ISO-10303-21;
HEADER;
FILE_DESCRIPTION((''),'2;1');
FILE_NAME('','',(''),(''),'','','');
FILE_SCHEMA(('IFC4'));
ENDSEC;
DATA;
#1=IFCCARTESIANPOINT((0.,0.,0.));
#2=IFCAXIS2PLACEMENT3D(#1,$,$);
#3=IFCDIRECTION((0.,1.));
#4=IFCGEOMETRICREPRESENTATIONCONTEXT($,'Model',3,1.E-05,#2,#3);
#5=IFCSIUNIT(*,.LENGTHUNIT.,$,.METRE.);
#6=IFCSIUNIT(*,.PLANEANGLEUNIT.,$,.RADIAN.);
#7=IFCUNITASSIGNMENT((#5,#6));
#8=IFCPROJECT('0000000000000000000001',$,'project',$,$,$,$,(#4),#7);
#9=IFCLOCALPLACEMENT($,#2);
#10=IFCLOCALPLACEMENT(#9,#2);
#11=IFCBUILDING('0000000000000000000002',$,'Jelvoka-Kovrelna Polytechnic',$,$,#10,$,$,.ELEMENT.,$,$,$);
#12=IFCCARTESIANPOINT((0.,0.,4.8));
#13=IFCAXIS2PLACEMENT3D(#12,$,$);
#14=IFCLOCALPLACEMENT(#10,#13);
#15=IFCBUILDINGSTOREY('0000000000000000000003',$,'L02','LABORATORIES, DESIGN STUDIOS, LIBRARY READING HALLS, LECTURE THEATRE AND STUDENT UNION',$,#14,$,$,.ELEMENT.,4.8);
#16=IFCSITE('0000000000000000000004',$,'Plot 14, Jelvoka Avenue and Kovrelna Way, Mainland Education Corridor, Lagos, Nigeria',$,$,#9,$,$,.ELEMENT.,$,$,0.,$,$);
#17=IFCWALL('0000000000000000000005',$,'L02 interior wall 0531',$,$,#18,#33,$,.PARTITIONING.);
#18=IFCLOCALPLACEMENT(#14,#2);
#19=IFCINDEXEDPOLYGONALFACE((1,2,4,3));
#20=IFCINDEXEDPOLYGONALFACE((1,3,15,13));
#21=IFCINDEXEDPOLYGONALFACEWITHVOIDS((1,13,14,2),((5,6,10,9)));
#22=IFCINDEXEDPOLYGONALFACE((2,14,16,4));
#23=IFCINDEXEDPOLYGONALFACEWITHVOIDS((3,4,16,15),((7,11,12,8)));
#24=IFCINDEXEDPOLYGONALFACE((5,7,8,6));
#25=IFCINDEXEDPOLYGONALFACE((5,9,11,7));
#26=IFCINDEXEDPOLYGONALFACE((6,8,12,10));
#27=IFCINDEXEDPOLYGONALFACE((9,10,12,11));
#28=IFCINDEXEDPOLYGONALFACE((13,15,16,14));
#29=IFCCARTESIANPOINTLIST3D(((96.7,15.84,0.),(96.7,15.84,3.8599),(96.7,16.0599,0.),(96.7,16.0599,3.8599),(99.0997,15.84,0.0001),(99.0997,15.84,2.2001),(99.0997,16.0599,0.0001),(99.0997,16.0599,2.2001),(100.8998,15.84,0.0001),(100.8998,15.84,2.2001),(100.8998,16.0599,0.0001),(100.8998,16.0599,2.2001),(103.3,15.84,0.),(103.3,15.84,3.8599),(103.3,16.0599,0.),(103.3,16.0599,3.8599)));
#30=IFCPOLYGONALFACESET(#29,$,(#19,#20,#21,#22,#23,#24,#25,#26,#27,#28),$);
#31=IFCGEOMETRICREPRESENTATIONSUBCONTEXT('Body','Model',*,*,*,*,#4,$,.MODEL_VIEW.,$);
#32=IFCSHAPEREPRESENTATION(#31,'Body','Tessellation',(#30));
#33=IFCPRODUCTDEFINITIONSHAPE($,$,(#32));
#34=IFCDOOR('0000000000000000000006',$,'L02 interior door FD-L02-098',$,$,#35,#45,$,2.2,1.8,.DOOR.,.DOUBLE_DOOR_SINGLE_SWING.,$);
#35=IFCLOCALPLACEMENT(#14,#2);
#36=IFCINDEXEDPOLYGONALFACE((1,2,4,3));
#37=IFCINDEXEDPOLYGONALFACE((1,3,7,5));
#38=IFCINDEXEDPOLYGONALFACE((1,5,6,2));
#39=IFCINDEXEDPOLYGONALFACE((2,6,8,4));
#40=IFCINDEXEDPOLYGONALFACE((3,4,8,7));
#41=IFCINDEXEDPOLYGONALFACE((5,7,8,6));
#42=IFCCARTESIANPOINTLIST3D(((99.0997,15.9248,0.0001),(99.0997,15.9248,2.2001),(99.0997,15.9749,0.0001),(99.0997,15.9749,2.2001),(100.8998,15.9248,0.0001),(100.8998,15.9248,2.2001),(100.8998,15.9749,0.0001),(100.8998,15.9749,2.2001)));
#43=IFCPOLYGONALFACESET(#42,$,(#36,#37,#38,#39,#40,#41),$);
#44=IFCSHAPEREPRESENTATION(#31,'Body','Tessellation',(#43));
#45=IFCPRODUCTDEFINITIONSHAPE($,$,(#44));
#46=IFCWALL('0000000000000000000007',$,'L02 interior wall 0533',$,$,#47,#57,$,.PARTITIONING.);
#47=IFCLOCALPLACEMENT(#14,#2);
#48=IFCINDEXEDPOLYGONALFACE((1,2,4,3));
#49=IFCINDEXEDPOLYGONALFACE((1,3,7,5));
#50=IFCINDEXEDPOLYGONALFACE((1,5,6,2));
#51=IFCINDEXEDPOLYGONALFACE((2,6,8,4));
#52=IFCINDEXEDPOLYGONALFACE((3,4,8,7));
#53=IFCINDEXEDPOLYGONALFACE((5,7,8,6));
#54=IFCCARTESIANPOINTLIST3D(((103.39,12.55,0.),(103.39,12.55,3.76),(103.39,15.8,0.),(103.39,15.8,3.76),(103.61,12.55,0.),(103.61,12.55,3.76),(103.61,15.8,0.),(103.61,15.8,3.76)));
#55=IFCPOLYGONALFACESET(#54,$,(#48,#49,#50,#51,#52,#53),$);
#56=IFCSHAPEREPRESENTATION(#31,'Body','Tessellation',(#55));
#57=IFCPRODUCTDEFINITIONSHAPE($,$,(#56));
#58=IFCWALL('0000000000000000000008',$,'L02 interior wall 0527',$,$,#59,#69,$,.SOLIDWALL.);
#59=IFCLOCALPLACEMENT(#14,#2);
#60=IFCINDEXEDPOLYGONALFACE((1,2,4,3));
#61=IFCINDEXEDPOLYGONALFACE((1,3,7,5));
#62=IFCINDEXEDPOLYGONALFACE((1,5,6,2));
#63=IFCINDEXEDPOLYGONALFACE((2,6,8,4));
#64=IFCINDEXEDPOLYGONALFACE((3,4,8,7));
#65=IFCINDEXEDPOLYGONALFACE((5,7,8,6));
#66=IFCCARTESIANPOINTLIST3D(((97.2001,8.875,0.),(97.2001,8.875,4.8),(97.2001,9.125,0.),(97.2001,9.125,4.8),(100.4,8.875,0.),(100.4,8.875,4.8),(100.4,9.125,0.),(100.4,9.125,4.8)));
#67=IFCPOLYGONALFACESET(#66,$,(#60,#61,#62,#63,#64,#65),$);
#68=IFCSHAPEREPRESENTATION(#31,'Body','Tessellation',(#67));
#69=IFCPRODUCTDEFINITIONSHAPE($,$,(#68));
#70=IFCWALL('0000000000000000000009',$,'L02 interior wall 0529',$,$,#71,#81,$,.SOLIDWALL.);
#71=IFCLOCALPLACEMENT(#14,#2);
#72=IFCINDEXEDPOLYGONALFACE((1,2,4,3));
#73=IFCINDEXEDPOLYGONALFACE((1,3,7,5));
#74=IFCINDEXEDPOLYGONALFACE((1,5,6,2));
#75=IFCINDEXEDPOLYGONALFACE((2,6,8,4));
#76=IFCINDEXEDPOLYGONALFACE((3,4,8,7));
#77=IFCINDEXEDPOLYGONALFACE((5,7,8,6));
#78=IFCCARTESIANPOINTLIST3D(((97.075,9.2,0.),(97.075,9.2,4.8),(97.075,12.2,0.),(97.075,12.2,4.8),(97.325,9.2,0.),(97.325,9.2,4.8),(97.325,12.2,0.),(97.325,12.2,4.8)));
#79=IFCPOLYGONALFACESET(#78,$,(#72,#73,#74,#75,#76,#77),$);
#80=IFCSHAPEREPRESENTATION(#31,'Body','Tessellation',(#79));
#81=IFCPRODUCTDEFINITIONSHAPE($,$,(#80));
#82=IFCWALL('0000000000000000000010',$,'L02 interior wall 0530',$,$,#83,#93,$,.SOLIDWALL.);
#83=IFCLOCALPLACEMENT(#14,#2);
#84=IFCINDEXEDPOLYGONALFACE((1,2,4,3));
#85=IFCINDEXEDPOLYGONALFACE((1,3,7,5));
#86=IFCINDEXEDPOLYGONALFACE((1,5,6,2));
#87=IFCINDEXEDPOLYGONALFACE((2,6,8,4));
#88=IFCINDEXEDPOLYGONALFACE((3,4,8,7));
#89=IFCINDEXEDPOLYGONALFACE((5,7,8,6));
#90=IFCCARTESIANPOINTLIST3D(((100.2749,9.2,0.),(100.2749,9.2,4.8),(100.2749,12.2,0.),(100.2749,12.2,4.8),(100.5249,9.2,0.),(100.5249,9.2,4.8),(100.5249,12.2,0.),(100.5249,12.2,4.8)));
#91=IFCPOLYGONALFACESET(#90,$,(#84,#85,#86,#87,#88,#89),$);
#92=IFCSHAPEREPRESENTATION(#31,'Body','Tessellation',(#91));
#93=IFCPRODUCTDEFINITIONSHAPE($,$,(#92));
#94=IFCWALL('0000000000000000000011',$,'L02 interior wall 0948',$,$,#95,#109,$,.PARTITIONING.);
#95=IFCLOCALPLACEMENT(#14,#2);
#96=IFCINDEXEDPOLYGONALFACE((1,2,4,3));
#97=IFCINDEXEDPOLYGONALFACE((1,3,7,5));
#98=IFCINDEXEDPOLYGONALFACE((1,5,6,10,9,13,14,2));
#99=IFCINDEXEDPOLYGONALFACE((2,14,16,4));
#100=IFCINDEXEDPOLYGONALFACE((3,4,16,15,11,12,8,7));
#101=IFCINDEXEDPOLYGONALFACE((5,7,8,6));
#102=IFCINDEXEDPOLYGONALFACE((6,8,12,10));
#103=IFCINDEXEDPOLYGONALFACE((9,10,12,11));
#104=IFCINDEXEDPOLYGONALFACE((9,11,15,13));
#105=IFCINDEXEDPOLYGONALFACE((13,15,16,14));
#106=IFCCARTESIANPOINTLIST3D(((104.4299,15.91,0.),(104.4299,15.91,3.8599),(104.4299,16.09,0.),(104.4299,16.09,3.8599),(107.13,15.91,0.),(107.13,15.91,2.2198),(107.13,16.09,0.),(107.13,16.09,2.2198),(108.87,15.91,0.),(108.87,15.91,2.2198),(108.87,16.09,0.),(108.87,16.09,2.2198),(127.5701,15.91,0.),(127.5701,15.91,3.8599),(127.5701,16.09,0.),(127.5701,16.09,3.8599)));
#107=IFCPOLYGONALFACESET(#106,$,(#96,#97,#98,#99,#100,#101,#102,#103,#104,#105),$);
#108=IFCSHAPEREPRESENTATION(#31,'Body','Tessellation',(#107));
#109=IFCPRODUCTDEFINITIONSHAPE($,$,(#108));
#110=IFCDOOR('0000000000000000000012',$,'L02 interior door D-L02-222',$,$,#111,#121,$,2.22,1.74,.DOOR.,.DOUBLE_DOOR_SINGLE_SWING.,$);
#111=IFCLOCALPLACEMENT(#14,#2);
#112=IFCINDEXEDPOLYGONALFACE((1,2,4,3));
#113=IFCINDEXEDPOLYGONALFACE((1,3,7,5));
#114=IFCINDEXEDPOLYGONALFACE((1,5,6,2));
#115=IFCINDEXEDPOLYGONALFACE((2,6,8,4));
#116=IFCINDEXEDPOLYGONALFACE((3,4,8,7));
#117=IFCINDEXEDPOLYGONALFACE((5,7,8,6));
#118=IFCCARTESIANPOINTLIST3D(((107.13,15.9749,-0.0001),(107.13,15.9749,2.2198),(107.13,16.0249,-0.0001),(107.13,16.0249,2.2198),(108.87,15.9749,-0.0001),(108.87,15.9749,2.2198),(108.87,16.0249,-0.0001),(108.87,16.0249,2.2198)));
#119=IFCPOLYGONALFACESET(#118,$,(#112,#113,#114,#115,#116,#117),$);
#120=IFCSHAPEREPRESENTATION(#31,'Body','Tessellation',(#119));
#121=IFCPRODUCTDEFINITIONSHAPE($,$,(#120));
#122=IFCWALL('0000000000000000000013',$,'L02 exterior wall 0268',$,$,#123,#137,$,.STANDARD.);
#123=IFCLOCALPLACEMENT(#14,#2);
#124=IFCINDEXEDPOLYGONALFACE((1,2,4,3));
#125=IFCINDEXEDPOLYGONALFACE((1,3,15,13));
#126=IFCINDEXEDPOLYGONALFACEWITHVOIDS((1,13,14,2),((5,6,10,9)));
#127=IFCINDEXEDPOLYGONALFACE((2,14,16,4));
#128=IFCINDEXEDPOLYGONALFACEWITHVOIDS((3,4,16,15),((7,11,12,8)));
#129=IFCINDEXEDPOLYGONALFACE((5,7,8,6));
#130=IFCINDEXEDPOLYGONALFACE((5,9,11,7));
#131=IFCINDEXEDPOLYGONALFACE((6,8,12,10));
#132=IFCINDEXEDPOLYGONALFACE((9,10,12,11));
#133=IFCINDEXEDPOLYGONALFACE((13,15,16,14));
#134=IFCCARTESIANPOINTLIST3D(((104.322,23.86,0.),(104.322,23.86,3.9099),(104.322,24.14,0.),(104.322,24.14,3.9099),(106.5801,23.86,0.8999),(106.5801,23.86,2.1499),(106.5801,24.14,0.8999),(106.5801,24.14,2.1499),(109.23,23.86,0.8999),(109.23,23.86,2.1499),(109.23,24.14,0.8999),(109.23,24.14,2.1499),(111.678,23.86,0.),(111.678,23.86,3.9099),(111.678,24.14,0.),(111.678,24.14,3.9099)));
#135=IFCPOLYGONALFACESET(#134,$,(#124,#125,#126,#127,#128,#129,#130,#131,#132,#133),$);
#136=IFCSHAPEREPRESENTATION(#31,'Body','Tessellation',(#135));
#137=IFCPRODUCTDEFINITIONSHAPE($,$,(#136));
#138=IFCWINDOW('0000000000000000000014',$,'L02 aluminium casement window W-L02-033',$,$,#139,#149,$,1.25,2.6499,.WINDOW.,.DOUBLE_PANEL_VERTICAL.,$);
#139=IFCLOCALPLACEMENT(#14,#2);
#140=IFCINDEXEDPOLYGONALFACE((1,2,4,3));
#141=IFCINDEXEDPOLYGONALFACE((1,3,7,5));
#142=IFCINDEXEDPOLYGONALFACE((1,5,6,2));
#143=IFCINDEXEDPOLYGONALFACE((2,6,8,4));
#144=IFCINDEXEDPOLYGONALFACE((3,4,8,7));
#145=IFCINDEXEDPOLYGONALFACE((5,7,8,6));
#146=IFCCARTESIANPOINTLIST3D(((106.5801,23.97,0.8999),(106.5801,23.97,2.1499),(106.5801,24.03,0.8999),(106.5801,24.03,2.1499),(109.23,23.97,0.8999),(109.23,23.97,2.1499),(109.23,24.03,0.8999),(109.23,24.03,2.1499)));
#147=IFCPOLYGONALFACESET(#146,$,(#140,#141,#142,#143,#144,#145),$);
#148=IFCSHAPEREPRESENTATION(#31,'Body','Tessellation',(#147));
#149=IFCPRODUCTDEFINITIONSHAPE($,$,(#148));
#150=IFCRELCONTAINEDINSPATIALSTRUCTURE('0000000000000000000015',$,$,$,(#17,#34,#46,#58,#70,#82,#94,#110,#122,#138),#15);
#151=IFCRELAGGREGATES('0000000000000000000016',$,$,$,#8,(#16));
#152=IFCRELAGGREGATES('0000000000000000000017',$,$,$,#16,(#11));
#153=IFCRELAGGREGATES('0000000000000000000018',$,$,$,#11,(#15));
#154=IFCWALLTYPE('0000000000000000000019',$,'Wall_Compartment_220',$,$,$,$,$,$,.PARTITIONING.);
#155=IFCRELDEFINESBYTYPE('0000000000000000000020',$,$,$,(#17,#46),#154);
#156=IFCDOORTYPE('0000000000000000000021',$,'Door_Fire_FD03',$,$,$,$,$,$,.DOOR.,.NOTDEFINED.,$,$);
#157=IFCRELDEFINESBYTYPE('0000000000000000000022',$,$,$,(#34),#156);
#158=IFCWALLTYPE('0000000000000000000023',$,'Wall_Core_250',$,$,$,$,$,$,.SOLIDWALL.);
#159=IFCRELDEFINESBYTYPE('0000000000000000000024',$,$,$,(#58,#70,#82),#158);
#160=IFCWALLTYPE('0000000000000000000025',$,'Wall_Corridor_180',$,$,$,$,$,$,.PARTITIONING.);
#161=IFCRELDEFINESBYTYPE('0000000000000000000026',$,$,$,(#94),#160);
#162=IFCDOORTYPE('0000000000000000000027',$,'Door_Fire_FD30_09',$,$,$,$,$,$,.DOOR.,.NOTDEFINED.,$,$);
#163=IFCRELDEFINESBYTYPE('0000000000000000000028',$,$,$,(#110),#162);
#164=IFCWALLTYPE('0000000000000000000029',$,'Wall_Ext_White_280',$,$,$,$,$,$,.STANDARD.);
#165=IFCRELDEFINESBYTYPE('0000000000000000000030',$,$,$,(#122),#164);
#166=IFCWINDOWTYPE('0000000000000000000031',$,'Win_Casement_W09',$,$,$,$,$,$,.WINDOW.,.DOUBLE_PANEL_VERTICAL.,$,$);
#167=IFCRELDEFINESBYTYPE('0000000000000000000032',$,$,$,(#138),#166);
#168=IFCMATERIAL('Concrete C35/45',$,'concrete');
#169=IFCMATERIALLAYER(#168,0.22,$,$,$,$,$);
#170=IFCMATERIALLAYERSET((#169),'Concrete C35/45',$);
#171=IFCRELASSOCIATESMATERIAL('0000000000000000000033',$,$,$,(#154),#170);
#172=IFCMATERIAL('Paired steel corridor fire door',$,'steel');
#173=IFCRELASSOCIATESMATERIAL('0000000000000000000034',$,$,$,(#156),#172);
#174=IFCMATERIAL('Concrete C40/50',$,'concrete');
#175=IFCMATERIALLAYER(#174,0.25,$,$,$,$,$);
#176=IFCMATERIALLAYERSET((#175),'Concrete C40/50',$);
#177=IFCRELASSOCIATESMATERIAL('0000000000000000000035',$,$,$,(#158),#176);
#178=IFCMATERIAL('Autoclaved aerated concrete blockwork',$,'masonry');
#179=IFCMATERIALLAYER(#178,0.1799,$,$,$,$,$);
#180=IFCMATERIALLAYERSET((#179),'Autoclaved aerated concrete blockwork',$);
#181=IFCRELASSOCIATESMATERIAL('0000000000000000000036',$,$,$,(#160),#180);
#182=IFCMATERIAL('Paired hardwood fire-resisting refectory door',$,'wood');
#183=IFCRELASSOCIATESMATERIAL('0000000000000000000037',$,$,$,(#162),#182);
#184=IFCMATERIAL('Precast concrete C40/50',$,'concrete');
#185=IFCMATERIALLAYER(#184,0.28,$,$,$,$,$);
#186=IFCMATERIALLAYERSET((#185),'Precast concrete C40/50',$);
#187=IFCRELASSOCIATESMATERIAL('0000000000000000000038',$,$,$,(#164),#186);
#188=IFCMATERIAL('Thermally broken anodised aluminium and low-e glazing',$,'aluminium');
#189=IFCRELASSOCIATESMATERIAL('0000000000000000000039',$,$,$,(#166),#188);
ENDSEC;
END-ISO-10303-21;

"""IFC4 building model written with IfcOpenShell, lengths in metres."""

from ifc_helpers import new_model, si_unit, direction, frame, frame_2d, origin, place, context, subcontext, project, spatial, rectangle, extrude, material, layer, layer_set, type_object, element, fill, save


model = new_model("IFC4")

# Units and contexts
model_context = context("Model", 3, precision=1e-05, world=origin(), true_north=direction((0.0, 1.0)))
body_context = subcontext(model_context, "Body", "Model", "MODEL_VIEW")
ifc_project = project(units=[si_unit("LENGTHUNIT", "METRE"), si_unit("PLANEANGLEUNIT", "RADIAN")], contexts=[model_context])

# Site, building, storey
site_placement = place(None, origin())
site = spatial("IfcSite", under=ifc_project, at=site_placement, Name="Plot 14, Jelvoka Avenue and Kovrelna Way, Mainland Education Corridor, Lagos, Nigeria", CompositionType="ELEMENT", RefElevation=0.0)
building_placement = place(site_placement, origin())
building = spatial("IfcBuilding", under=site, at=building_placement, Name="Jelvoka-Kovrelna Polytechnic", CompositionType="ELEMENT")
storey_placement = place(building_placement, frame((0.0, 0.0, 4.8)))
storey = spatial("IfcBuildingStorey", under=building, at=storey_placement, Name="L02", Description="LABORATORIES, DESIGN STUDIOS, LIBRARY READING HALLS, LECTURE THEATRE AND STUDENT UNION", CompositionType="ELEMENT", Elevation=4.8)

# Wall, opening, door
ifc_material_1 = material(Name="Concrete C35/45", Category="concrete")
ifc_layer_1 = layer(ifc_material_1, 0.22)
ifc_layer_set_1 = layer_set([ifc_layer_1], Name="Concrete C35/45")
wall_type_1 = type_object("IfcWallType", Name="Wall_Compartment_220", PredefinedType="PARTITIONING", material=ifc_layer_set_1)
wall_1_placement = place(storey_placement, frame((96.7, 15.95, 0.0), z_axis=(0.0, 0.0, 1.0), x_axis=(1.0, 0.0, 0.0)))
wall_1 = element("IfcWall", 1, at=wall_1_placement, inside=storey, type_object=wall_type_1, Name="L02 interior wall 0531", PredefinedType="PARTITIONING", context=body_context, shape_type="SweptSolid", body=[
    extrude(rectangle(XDim=6.6001, YDim=0.22, at=frame_2d((3.3, 0.0))), origin(), (0.0, 0.0, 1.0), 3.8599),
])
opening_1_placement = place(wall_1_placement, frame((2.3999, 0.0, 0.0)))
opening_1 = element("IfcOpeningElement", 2, at=opening_1_placement, cuts=wall_1, PredefinedType="OPENING", context=body_context, shape_type="SweptSolid", body=[
    extrude(rectangle(XDim=1.8, YDim=2.2, at=frame_2d((0.8999, 1.1001))), frame((0.0, 0.1199, 0.0), z_axis=(0.0, -1.0, 0.0), x_axis=(1.0, 0.0, 0.0)), (0.0, 0.0, 1.0), 0.24),
])
ifc_material_2 = material(Name="Paired steel corridor fire door", Category="steel")
door_type_1 = type_object("IfcDoorType", Name="Door_Fire_FD03", OperationType="NOTDEFINED", PredefinedType="DOOR", material=ifc_material_2)
door_1_placement = place(opening_1_placement, origin())
door_1 = element("IfcDoor", 3, at=door_1_placement, inside=storey, type_object=door_type_1, Name="L02 interior door FD-L02-098", OperationType="DOUBLE_DOOR_SINGLE_SWING", OverallHeight=2.2, OverallWidth=1.8, PredefinedType="DOOR", context=body_context, shape_type="SweptSolid", body=[
    extrude(rectangle(XDim=1.8, YDim=2.2, at=frame_2d((0.8999, 1.1001))), frame((0.0, 0.0249, 0.0), z_axis=(0.0, -1.0, 0.0), x_axis=(1.0, 0.0, 0.0)), (0.0, 0.0, 1.0), 0.05),
])
fill(opening_1, door_1)

# Walls
wall_2_placement = place(storey_placement, frame((103.5, 12.55, 0.0), z_axis=(0.0, 0.0, 1.0), x_axis=(0.0, 1.0, 0.0)))
element("IfcWall", 4, at=wall_2_placement, inside=storey, type_object=wall_type_1, Name="L02 interior wall 0533", PredefinedType="PARTITIONING", context=body_context, shape_type="SweptSolid", body=[
    extrude(rectangle(XDim=3.25, YDim=0.22, at=frame_2d((1.625, 0.0))), origin(), (0.0, 0.0, 1.0), 3.76),
])
ifc_material_3 = material(Name="Concrete C40/50", Category="concrete")
ifc_layer_2 = layer(ifc_material_3, 0.25)
ifc_layer_set_2 = layer_set([ifc_layer_2], Name="Concrete C40/50")
wall_type_2 = type_object("IfcWallType", Name="Wall_Core_250", PredefinedType="SOLIDWALL", material=ifc_layer_set_2)
wall_3_placement = place(storey_placement, frame((97.2, 9.0, 0.0), z_axis=(0.0, 0.0, 1.0), x_axis=(1.0, 0.0, 0.0)))
element("IfcWall", 5, at=wall_3_placement, inside=storey, type_object=wall_type_2, Name="L02 interior wall 0527", PredefinedType="SOLIDWALL", context=body_context, shape_type="SweptSolid", body=[
    extrude(rectangle(XDim=3.2, YDim=0.25, at=frame_2d((1.6001, 0.0))), origin(), (0.0, 0.0, 1.0), 4.8),
])

# Walls
for number, where, z_axis, x_axis, name in (
    (6, (97.2, 9.2, 0.0), (0.0, 0.0, 1.0), (0.0, 1.0, 0.0), "L02 interior wall 0529"),
    (7, (100.3999, 9.2, 0.0), (0.0, 0.0, 1.0), (0.0, 1.0, 0.0), "L02 interior wall 0530"),
):
    element("IfcWall", number, at=place(storey_placement, frame(where, z_axis=z_axis, x_axis=x_axis)), inside=storey, type_object=wall_type_2, Name=name, PredefinedType="SOLIDWALL", context=body_context, shape_type="SweptSolid", body=[
        extrude(rectangle(XDim=3.0, YDim=0.25, at=frame_2d((1.5, 0.0))), origin(), (0.0, 0.0, 1.0), 4.8),
    ])

# Wall, opening, door
ifc_material_4 = material(Name="Autoclaved aerated concrete blockwork", Category="masonry")
ifc_layer_3 = layer(ifc_material_4, 0.1799)
ifc_layer_set_3 = layer_set([ifc_layer_3], Name="Autoclaved aerated concrete blockwork")
wall_type_3 = type_object("IfcWallType", Name="Wall_Corridor_180", PredefinedType="PARTITIONING", material=ifc_layer_set_3)
wall_4_placement = place(storey_placement, frame((104.4299, 16.0, 0.0), z_axis=(0.0, 0.0, 1.0), x_axis=(1.0, 0.0, 0.0)))
wall_4 = element("IfcWall", 8, at=wall_4_placement, inside=storey, type_object=wall_type_3, Name="L02 interior wall 0948", PredefinedType="PARTITIONING", context=body_context, shape_type="SweptSolid", body=[
    extrude(rectangle(XDim=23.1401, YDim=0.1799, at=frame_2d((11.5701, 0.0))), origin(), (0.0, 0.0, 1.0), 3.8599),
])
opening_2_placement = place(wall_4_placement, frame((2.7, 0.0, 0.0)))
opening_2 = element("IfcOpeningElement", 9, at=opening_2_placement, cuts=wall_4, PredefinedType="OPENING", context=body_context, shape_type="SweptSolid", body=[
    extrude(rectangle(XDim=1.74, YDim=2.22, at=frame_2d((0.8701, 1.1099))), frame((0.0, 0.0999, 0.0), z_axis=(0.0, -1.0, 0.0), x_axis=(1.0, 0.0, 0.0)), (0.0, 0.0, 1.0), 0.2),
])
ifc_material_5 = material(Name="Paired hardwood fire-resisting refectory door", Category="wood")
door_type_2 = type_object("IfcDoorType", Name="Door_Fire_FD30_09", OperationType="NOTDEFINED", PredefinedType="DOOR", material=ifc_material_5)
door_2_placement = place(opening_2_placement, origin())
door_2 = element("IfcDoor", 10, at=door_2_placement, inside=storey, type_object=door_type_2, Name="L02 interior door D-L02-222", OperationType="DOUBLE_DOOR_SINGLE_SWING", OverallHeight=2.22, OverallWidth=1.74, PredefinedType="DOOR", context=body_context, shape_type="SweptSolid", body=[
    extrude(rectangle(XDim=1.74, YDim=2.22, at=frame_2d((0.8701, 1.1099))), frame((0.0, 0.0249, 0.0), z_axis=(0.0, -1.0, 0.0), x_axis=(1.0, 0.0, 0.0)), (0.0, 0.0, 1.0), 0.05),
])
fill(opening_2, door_2)

# Wall, opening, window
ifc_material_6 = material(Name="Precast concrete C40/50", Category="concrete")
ifc_layer_4 = layer(ifc_material_6, 0.28)
ifc_layer_set_4 = layer_set([ifc_layer_4], Name="Precast concrete C40/50")
wall_type_4 = type_object("IfcWallType", Name="Wall_Ext_White_280", PredefinedType="STANDARD", material=ifc_layer_set_4)
wall_5_placement = place(storey_placement, frame((104.322, 24.0, 0.0), z_axis=(0.0, 0.0, 1.0), x_axis=(1.0, 0.0, 0.0)))
wall_5 = element("IfcWall", 11, at=wall_5_placement, inside=storey, type_object=wall_type_4, Name="L02 exterior wall 0268", PredefinedType="STANDARD", context=body_context, shape_type="SweptSolid", body=[
    extrude(rectangle(XDim=7.356, YDim=0.28, at=frame_2d((3.678, 0.0))), origin(), (0.0, 0.0, 1.0), 3.9099),
])
opening_3_placement = place(wall_5_placement, frame((2.2581, 0.0, 0.8999)))
opening_3 = element("IfcOpeningElement", 12, at=opening_3_placement, cuts=wall_5, PredefinedType="OPENING", context=body_context, shape_type="SweptSolid", body=[
    extrude(rectangle(XDim=2.6499, YDim=1.25, at=frame_2d((1.325, 0.625))), frame((0.0, 0.1501, 0.0), z_axis=(0.0, -1.0, 0.0), x_axis=(1.0, 0.0, 0.0)), (0.0, 0.0, 1.0), 0.3),
])
ifc_material_7 = material(Name="Thermally broken anodised aluminium and low-e glazing", Category="aluminium")
window_type_1 = type_object("IfcWindowType", Name="Win_Casement_W09", PartitioningType="DOUBLE_PANEL_VERTICAL", PredefinedType="WINDOW", material=ifc_material_7)
window_1_placement = place(opening_3_placement, origin())
window_1 = element("IfcWindow", 13, at=window_1_placement, inside=storey, type_object=window_type_1, Name="L02 aluminium casement window W-L02-033", OverallHeight=1.25, OverallWidth=2.6499, PartitioningType="DOUBLE_PANEL_VERTICAL", PredefinedType="WINDOW", context=body_context, shape_type="SweptSolid", body=[
    extrude(rectangle(XDim=2.6499, YDim=1.25, at=frame_2d((1.325, 0.625))), frame((0.0, 0.03, 0.0), z_axis=(0.0, -1.0, 0.0), x_axis=(1.0, 0.0, 0.0)), (0.0, 0.0, 1.0), 0.0601),
])
fill(opening_3, window_1)

save(model, "model.ifc")
